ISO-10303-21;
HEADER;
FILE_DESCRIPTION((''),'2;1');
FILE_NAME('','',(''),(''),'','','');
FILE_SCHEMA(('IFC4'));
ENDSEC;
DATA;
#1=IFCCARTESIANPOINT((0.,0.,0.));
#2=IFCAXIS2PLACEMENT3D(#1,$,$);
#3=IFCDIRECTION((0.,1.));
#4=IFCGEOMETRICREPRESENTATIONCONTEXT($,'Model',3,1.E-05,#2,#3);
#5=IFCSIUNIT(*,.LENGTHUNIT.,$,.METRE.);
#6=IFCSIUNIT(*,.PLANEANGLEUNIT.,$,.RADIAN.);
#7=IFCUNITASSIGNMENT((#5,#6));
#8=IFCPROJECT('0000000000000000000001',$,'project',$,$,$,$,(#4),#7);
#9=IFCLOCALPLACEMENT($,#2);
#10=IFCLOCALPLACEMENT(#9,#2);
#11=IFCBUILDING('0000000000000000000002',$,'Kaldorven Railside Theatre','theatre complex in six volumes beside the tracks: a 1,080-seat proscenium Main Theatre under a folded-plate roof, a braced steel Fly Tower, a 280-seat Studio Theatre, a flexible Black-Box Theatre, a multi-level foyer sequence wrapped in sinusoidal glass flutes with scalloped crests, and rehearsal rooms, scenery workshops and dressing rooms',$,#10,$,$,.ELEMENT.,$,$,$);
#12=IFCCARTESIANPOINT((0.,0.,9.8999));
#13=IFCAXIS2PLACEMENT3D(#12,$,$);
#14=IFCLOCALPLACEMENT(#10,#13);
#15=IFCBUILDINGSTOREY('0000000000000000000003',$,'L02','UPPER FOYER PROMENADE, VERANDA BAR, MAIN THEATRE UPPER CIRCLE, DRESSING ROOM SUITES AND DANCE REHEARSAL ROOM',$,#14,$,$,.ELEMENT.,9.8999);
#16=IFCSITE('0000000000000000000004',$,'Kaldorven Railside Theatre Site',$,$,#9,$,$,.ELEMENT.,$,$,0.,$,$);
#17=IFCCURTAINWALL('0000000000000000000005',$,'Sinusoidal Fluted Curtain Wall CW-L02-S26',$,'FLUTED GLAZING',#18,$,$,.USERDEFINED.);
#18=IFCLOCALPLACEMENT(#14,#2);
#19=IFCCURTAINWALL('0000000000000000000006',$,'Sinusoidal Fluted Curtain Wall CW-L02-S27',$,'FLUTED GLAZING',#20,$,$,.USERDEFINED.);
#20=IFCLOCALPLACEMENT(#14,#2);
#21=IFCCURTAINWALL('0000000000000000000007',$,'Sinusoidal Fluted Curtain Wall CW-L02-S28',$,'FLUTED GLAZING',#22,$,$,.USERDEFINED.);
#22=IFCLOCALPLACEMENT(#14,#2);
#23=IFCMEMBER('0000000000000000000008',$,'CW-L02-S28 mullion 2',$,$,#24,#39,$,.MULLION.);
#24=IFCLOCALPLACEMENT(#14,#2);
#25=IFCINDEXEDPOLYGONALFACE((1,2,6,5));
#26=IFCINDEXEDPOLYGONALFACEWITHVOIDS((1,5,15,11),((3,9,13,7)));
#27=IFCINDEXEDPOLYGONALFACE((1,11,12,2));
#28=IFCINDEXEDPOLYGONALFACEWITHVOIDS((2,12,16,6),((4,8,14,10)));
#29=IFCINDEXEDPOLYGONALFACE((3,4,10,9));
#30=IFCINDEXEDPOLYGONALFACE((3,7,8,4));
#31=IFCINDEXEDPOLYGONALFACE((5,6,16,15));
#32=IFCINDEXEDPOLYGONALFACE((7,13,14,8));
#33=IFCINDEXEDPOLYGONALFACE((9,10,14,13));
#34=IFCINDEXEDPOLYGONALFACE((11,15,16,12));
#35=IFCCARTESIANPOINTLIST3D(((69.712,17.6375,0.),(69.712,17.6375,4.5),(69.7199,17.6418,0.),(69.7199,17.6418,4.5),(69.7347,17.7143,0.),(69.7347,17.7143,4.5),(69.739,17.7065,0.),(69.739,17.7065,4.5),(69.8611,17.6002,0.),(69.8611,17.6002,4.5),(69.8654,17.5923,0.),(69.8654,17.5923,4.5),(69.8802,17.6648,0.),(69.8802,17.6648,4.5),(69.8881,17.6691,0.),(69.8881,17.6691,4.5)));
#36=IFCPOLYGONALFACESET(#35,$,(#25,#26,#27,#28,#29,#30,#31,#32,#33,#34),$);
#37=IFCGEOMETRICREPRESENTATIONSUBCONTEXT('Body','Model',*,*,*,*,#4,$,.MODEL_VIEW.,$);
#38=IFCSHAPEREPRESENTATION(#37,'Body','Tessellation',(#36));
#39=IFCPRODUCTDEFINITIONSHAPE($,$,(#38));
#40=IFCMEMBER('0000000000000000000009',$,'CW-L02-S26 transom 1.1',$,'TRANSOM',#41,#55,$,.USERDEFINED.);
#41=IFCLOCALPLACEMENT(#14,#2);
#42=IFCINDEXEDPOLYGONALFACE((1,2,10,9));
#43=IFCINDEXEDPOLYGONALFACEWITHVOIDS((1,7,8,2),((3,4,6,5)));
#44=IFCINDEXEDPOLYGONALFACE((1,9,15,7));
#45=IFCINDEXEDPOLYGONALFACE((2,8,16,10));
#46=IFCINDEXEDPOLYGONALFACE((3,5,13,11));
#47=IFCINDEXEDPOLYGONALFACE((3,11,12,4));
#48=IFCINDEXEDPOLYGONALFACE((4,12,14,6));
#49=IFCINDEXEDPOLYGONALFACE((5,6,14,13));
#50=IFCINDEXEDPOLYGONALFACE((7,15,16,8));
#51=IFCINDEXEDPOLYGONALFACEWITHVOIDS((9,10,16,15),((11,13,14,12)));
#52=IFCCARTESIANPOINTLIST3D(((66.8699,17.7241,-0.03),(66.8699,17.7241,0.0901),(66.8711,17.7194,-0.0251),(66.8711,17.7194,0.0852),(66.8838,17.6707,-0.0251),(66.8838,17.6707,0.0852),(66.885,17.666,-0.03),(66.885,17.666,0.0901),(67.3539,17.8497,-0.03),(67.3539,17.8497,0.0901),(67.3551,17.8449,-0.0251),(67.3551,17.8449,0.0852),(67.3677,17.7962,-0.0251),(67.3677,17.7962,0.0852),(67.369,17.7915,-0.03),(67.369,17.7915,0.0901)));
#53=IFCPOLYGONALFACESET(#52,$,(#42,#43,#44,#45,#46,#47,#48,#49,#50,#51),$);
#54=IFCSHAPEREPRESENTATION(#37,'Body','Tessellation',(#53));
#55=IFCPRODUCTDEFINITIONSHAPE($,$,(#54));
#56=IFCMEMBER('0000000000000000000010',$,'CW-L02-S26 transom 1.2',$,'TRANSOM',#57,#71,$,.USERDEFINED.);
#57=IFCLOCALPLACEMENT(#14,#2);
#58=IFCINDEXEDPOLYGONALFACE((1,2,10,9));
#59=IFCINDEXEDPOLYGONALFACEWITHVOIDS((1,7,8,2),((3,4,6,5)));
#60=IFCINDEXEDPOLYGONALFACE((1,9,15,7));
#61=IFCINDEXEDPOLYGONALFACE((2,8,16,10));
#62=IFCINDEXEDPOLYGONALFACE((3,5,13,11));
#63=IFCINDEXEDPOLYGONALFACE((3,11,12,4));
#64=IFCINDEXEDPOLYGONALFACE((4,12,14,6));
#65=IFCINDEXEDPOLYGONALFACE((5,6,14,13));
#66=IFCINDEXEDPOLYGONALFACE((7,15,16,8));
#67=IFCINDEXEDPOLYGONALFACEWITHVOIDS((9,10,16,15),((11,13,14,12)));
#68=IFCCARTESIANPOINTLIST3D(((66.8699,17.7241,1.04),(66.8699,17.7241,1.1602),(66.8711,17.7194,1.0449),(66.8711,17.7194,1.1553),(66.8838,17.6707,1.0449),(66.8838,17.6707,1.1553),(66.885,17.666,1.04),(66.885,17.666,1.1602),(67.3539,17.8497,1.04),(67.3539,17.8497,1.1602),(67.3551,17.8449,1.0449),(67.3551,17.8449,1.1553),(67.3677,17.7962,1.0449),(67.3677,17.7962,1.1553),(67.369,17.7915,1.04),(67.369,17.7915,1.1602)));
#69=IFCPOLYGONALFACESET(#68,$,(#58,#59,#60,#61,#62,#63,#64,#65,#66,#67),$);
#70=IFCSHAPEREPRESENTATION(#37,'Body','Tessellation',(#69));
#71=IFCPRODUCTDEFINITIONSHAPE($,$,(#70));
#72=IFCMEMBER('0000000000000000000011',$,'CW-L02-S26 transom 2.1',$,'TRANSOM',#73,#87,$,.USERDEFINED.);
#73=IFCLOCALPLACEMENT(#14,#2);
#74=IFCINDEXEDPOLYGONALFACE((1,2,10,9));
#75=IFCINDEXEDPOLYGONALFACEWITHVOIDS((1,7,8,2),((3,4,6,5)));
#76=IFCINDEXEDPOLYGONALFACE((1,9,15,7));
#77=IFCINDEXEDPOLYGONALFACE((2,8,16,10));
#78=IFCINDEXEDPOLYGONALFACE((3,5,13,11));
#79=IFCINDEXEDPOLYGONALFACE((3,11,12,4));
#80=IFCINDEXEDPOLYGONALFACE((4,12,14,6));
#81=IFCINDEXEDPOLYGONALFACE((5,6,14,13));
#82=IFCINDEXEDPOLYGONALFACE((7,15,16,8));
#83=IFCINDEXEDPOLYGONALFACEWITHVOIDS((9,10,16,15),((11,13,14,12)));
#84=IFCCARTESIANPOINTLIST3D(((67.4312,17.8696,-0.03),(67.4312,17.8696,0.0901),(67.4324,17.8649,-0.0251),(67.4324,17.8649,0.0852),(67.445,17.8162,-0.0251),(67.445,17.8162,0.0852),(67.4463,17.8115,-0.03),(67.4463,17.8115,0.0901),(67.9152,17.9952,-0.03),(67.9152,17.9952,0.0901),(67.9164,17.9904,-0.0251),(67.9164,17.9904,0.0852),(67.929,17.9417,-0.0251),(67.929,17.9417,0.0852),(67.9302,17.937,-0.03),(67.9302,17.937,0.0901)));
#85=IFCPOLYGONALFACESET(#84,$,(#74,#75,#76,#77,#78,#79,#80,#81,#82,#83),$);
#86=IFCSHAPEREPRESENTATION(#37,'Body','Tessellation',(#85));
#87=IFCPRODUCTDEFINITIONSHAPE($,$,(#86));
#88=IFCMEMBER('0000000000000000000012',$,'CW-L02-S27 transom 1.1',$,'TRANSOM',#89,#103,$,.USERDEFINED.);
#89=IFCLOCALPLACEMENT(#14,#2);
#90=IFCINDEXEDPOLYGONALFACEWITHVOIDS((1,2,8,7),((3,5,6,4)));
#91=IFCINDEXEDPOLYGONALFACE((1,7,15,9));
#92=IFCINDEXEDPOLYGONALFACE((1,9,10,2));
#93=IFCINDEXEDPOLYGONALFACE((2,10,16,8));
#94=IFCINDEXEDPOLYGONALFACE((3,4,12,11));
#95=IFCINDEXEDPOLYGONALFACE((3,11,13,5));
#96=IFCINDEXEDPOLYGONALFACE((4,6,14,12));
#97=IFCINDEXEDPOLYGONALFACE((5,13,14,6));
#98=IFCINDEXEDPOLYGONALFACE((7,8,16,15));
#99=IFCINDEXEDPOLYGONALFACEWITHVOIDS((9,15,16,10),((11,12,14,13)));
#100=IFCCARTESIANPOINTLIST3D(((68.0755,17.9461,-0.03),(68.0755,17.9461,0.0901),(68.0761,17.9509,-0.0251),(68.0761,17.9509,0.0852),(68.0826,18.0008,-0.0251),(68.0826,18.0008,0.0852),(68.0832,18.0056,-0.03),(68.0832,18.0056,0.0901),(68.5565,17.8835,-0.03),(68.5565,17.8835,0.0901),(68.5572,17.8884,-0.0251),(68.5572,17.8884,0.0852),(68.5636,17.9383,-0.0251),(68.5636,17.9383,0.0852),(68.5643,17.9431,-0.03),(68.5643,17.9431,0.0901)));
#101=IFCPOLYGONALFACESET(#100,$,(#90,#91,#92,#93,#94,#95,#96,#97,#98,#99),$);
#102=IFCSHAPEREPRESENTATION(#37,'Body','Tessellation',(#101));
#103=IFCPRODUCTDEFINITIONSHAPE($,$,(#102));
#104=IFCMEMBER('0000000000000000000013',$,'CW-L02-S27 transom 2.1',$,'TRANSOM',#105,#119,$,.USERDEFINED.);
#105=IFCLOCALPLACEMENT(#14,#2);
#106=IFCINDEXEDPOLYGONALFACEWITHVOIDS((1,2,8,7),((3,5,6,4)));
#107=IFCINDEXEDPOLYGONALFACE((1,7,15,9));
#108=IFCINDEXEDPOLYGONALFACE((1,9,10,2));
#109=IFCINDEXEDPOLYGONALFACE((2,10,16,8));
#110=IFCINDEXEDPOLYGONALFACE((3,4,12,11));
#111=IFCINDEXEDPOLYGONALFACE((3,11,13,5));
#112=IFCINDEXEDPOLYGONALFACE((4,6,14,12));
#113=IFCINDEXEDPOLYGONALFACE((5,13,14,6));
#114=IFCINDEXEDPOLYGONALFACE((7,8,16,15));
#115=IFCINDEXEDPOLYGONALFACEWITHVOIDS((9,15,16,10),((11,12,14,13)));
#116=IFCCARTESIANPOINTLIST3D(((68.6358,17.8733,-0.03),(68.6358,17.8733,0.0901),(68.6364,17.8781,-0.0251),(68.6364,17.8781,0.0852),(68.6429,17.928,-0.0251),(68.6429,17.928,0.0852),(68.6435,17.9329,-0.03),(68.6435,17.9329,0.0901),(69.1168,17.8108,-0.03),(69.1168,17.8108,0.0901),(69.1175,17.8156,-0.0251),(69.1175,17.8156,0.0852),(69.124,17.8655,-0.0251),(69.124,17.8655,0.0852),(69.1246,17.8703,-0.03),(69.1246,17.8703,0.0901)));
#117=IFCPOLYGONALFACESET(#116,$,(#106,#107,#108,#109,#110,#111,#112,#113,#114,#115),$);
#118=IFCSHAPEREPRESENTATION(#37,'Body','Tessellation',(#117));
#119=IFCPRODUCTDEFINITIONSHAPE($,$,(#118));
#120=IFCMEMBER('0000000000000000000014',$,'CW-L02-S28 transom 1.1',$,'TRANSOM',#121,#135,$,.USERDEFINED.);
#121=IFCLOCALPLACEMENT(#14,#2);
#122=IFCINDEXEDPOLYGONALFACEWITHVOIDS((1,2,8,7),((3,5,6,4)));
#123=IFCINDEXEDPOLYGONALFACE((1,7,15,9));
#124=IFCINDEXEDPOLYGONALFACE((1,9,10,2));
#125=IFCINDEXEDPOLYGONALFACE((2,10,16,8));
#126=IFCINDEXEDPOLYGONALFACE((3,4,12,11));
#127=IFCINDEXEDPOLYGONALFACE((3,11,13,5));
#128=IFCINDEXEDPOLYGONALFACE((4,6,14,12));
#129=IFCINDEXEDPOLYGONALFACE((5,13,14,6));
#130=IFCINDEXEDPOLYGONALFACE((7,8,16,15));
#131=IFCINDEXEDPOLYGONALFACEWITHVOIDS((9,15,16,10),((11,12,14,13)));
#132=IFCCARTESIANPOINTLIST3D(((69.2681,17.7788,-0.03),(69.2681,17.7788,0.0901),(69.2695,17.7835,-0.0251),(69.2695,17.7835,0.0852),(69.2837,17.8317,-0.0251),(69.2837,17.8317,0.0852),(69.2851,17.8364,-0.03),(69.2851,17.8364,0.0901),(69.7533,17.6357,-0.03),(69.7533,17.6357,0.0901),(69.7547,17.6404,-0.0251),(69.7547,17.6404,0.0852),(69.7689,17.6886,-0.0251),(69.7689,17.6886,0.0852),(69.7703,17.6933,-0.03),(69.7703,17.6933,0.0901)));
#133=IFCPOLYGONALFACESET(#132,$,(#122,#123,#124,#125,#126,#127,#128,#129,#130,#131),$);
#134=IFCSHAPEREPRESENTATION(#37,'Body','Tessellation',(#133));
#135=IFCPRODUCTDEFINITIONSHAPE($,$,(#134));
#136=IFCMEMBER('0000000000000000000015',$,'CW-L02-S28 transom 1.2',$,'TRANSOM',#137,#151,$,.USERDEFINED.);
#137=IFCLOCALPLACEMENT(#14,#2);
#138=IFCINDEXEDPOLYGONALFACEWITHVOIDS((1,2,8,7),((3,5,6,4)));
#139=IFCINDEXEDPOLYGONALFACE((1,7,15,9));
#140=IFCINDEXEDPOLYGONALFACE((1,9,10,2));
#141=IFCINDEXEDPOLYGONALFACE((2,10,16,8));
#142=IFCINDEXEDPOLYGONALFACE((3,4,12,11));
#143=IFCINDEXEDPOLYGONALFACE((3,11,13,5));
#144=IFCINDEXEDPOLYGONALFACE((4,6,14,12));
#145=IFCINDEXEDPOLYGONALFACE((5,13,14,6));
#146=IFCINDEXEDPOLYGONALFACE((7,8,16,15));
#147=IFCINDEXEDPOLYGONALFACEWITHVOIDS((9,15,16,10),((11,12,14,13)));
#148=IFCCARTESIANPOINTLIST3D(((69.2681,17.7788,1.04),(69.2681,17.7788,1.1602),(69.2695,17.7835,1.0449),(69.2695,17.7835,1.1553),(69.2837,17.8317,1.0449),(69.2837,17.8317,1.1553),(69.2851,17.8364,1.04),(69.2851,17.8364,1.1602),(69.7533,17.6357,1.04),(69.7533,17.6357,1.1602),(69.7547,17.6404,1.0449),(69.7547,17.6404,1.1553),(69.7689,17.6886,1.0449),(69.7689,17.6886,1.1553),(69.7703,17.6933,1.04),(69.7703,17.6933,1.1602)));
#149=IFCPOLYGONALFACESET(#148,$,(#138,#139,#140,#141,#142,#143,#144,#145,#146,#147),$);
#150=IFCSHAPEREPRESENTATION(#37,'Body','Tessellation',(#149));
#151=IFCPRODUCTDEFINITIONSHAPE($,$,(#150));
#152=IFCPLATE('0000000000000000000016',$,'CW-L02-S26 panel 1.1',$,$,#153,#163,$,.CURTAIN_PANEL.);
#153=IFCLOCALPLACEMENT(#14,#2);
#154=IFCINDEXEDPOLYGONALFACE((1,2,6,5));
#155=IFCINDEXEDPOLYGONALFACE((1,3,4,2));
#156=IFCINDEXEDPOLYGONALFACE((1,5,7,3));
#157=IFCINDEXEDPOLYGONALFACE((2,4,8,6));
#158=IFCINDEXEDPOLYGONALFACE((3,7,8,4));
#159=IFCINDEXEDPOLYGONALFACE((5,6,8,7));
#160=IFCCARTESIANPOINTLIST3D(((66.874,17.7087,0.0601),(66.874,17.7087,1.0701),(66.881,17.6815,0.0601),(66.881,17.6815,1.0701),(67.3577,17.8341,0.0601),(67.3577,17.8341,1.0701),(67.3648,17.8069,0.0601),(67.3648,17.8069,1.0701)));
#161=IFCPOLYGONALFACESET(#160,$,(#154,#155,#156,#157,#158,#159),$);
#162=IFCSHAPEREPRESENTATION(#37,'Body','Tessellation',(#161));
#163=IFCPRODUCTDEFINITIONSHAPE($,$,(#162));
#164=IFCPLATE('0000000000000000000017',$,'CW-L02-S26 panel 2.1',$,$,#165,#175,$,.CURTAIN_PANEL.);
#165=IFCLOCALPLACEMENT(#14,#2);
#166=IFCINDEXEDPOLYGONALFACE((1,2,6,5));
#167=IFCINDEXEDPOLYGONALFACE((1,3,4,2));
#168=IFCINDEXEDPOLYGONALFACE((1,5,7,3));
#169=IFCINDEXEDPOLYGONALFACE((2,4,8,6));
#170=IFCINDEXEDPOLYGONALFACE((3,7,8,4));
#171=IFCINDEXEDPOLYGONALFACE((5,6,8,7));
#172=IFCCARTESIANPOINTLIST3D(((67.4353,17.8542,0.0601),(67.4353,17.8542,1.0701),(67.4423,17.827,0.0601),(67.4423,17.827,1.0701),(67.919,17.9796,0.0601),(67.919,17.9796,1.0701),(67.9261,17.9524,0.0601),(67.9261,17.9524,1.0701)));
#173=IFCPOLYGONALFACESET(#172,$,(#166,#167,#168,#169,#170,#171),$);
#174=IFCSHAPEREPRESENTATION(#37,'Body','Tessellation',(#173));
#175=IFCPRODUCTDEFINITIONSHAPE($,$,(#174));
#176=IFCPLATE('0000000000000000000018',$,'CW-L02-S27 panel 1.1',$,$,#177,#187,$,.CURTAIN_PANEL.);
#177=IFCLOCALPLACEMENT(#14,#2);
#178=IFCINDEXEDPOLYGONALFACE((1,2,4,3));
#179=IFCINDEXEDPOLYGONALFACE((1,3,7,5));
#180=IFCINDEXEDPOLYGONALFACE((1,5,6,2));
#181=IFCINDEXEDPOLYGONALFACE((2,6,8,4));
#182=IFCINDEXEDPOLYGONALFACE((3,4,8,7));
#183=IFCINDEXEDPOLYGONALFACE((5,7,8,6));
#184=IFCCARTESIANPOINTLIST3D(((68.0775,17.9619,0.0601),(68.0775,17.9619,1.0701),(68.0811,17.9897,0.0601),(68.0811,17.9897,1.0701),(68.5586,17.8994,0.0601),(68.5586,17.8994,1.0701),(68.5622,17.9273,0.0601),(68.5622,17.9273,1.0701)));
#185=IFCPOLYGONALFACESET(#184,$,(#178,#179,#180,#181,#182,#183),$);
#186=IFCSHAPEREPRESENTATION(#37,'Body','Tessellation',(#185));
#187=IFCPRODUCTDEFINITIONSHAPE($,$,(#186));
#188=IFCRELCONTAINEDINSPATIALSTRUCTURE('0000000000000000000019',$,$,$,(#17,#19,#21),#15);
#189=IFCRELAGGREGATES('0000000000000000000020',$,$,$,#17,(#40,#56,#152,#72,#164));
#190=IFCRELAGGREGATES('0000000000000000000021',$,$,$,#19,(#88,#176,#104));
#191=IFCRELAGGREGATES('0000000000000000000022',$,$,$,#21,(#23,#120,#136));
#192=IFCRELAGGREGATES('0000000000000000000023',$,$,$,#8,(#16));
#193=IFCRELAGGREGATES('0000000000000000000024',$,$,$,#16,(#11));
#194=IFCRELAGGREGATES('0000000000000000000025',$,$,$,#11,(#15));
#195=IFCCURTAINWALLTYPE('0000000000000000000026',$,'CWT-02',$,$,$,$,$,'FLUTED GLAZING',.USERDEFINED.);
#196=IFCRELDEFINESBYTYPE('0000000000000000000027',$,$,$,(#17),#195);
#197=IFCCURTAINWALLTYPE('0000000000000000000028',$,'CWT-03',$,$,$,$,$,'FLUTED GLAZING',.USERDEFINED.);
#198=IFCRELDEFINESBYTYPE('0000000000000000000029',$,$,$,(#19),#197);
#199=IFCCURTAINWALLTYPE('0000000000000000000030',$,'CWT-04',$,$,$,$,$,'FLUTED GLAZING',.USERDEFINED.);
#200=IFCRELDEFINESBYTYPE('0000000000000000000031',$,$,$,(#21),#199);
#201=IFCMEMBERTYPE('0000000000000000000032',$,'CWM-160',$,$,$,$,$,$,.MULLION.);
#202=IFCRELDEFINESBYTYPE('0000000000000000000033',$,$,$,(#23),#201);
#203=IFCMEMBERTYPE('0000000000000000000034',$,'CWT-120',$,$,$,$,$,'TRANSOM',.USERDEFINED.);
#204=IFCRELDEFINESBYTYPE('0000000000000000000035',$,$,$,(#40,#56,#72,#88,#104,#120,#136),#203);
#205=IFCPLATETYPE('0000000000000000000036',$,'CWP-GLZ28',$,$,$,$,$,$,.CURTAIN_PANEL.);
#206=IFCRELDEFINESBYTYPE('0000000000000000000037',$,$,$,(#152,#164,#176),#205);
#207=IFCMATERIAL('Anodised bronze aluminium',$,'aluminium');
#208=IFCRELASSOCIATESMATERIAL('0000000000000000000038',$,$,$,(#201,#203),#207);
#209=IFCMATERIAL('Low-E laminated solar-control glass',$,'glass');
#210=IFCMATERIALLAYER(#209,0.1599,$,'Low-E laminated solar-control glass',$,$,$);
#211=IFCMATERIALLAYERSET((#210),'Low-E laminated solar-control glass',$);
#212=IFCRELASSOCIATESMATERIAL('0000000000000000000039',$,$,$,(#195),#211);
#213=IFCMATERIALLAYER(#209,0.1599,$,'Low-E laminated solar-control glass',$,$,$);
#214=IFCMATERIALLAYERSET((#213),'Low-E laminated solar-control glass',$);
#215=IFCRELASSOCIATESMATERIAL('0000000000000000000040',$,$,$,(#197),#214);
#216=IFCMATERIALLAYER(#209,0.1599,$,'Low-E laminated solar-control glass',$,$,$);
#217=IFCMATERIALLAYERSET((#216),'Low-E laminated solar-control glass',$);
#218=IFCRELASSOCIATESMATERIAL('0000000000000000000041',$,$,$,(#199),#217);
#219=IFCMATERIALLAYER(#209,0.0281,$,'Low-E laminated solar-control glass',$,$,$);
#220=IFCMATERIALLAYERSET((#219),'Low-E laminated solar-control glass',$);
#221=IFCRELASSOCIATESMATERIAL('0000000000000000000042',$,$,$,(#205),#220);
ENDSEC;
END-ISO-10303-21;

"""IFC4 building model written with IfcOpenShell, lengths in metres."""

from ifc_helpers import new_model, si_unit, direction, frame, origin, origin_2d, place, context, subcontext, project, spatial, rectangle, hollow_rectangle, extrude, material, layer, layer_set, material_profile, profile_set, type_object, element, aggregate, save


model = new_model("IFC4")

# Units and contexts
model_context = context("Model", 3, precision=1e-05, world=origin(), true_north=direction((0.0, 1.0)))
body_context = subcontext(model_context, "Body", "Model", "MODEL_VIEW")
ifc_project = project(units=[si_unit("LENGTHUNIT", "METRE"), si_unit("PLANEANGLEUNIT", "RADIAN")], contexts=[model_context])

# Site, building, storey
site_placement = place(None, origin())
site = spatial("IfcSite", under=ifc_project, at=site_placement, Name="Kaldorven Railside Theatre Site", CompositionType="ELEMENT", RefElevation=0.0)
building_placement = place(site_placement, origin())
building = spatial("IfcBuilding", under=site, at=building_placement, Name="Kaldorven Railside Theatre", Description="theatre complex in six volumes beside the tracks: a 1,080-seat proscenium Main Theatre under a folded-plate roof, a braced steel Fly Tower, a 280-seat Studio Theatre, a flexible Black-Box Theatre, a multi-level foyer sequence wrapped in sinusoidal glass flutes with scalloped crests, and rehearsal rooms, scenery workshops and dressing rooms", CompositionType="ELEMENT")
storey_placement = place(building_placement, frame((0.0, 0.0, 9.8999)))
storey = spatial("IfcBuildingStorey", under=building, at=storey_placement, Name="L02", Description="UPPER FOYER PROMENADE, VERANDA BAR, MAIN THEATRE UPPER CIRCLE, DRESSING ROOM SUITES AND DANCE REHEARSAL ROOM", CompositionType="ELEMENT", Elevation=9.8999)

# Shared definitions
ifc_material_1 = material(Name="Low-E laminated solar-control glass", Category="glass")
ifc_material_2 = material(Name="Anodised bronze aluminium", Category="aluminium")
ifc_material_profile_1 = material_profile(ifc_material_2, hollow_rectangle(XDim=0.0801, YDim=0.1599, WallThickness=0.0063, at=origin_2d()), Name="RHS 160x80x6.3")
ifc_profile_set_1 = profile_set([ifc_material_profile_1], Name="Anodised bronze aluminium")
member_type_1 = type_object("IfcMemberType", Name="CWM-160", PredefinedType="MULLION", material=ifc_profile_set_1)

# Curtain walls, member
ifc_layer_1 = layer(ifc_material_1, 0.1599, Name="Low-E laminated solar-control glass")
ifc_layer_set_1 = layer_set([ifc_layer_1], Name="Low-E laminated solar-control glass")
curtain_wall_type_1 = type_object("IfcCurtainWallType", Name="CWT-02", ElementType="FLUTED GLAZING", PredefinedType="USERDEFINED", material=ifc_layer_set_1)
curtain_wall_1_placement = place(storey_placement, origin())
curtain_wall_1 = element("IfcCurtainWall", 1, at=curtain_wall_1_placement, inside=storey, type_object=curtain_wall_type_1, Name="Sinusoidal Fluted Curtain Wall CW-L02-S26", ObjectType="FLUTED GLAZING", PredefinedType="USERDEFINED")
ifc_layer_2 = layer(ifc_material_1, 0.1599, Name="Low-E laminated solar-control glass")
ifc_layer_set_2 = layer_set([ifc_layer_2], Name="Low-E laminated solar-control glass")
curtain_wall_type_2 = type_object("IfcCurtainWallType", Name="CWT-03", ElementType="FLUTED GLAZING", PredefinedType="USERDEFINED", material=ifc_layer_set_2)
curtain_wall_2_placement = place(storey_placement, origin())
curtain_wall_2 = element("IfcCurtainWall", 2, at=curtain_wall_2_placement, inside=storey, type_object=curtain_wall_type_2, Name="Sinusoidal Fluted Curtain Wall CW-L02-S27", ObjectType="FLUTED GLAZING", PredefinedType="USERDEFINED")
ifc_layer_3 = layer(ifc_material_1, 0.1599, Name="Low-E laminated solar-control glass")
ifc_layer_set_3 = layer_set([ifc_layer_3], Name="Low-E laminated solar-control glass")
curtain_wall_type_3 = type_object("IfcCurtainWallType", Name="CWT-04", ElementType="FLUTED GLAZING", PredefinedType="USERDEFINED", material=ifc_layer_set_3)
curtain_wall_3_placement = place(storey_placement, origin())
curtain_wall_3 = element("IfcCurtainWall", 3, at=curtain_wall_3_placement, inside=storey, type_object=curtain_wall_type_3, Name="Sinusoidal Fluted Curtain Wall CW-L02-S28", ObjectType="FLUTED GLAZING", PredefinedType="USERDEFINED")
member_1_placement = place(storey_placement, frame((69.8, 17.6533, 0.0), z_axis=(0.0, 0.0, 1.0), x_axis=(0.282872, 0.959158, 0.0)))
member_1 = element("IfcMember", 4, at=member_1_placement, type_object=member_type_1, Name="CW-L02-S28 mullion 2", PredefinedType="MULLION", context=body_context, shape_type="SweptSolid", body=[
    extrude(hollow_rectangle(XDim=0.0801, YDim=0.1599, WallThickness=0.0063, at=origin_2d()), origin(), (0.0, 0.0, 1.0), 4.5),
])

# Members
ifc_material_profile_2 = material_profile(ifc_material_2, hollow_rectangle(XDim=0.0601, YDim=0.1201, WallThickness=0.0049, at=origin_2d()), Name="RHS 120x60x5")
ifc_profile_set_2 = profile_set([ifc_material_profile_2], Name="Anodised bronze aluminium")
member_type_2 = type_object("IfcMemberType", Name="CWT-120", ElementType="TRANSOM", PredefinedType="USERDEFINED", material=ifc_profile_set_2)
member_2_placement = place(storey_placement, frame((66.8774, 17.6951, 0.03), z_axis=(0.967979, 0.25103, 0.0), x_axis=(-0.25103, 0.967979, 0.0)))
member_2 = element("IfcMember", 5, at=member_2_placement, type_object=member_type_2, Name="CW-L02-S26 transom 1.1", ObjectType="TRANSOM", PredefinedType="USERDEFINED", context=body_context, shape_type="SweptSolid", body=[
    extrude(hollow_rectangle(XDim=0.0601, YDim=0.1201, WallThickness=0.0049, at=origin_2d()), origin(), (0.0, 0.0, 1.0), 0.5),
])
member_3_placement = place(storey_placement, frame((66.8774, 17.6951, 1.1001), z_axis=(0.967979, 0.25103, 0.0), x_axis=(-0.25103, 0.967979, 0.0)))
member_3 = element("IfcMember", 6, at=member_3_placement, type_object=member_type_2, Name="CW-L02-S26 transom 1.2", ObjectType="TRANSOM", PredefinedType="USERDEFINED", context=body_context, shape_type="SweptSolid", body=[
    extrude(hollow_rectangle(XDim=0.0601, YDim=0.1201, WallThickness=0.0049, at=origin_2d()), origin(), (0.0, 0.0, 1.0), 0.5),
])
member_4_placement = place(storey_placement, frame((67.4387, 17.8406, 0.03), z_axis=(0.967979, 0.25103, 0.0), x_axis=(-0.25103, 0.967979, 0.0)))
member_4 = element("IfcMember", 7, at=member_4_placement, type_object=member_type_2, Name="CW-L02-S26 transom 2.1", ObjectType="TRANSOM", PredefinedType="USERDEFINED", context=body_context, shape_type="SweptSolid", body=[
    extrude(hollow_rectangle(XDim=0.0601, YDim=0.1201, WallThickness=0.0049, at=origin_2d()), origin(), (0.0, 0.0, 1.0), 0.5),
])
member_5_placement = place(storey_placement, frame((68.0793, 17.9758, 0.03), z_axis=(0.991662, -0.128866, 0.0), x_axis=(0.128866, 0.991662, 0.0)))
member_5 = element("IfcMember", 8, at=member_5_placement, type_object=member_type_2, Name="CW-L02-S27 transom 1.1", ObjectType="TRANSOM", PredefinedType="USERDEFINED", context=body_context, shape_type="SweptSolid", body=[
    extrude(hollow_rectangle(XDim=0.0601, YDim=0.1201, WallThickness=0.0049, at=origin_2d()), origin(), (0.0, 0.0, 1.0), 0.4851),
])
member_6_placement = place(storey_placement, frame((68.6396, 17.9031, 0.03), z_axis=(0.991662, -0.128866, 0.0), x_axis=(0.128866, 0.991662, 0.0)))
member_6 = element("IfcMember", 9, at=member_6_placement, type_object=member_type_2, Name="CW-L02-S27 transom 2.1", ObjectType="TRANSOM", PredefinedType="USERDEFINED", context=body_context, shape_type="SweptSolid", body=[
    extrude(hollow_rectangle(XDim=0.0601, YDim=0.1201, WallThickness=0.0049, at=origin_2d()), origin(), (0.0, 0.0, 1.0), 0.4851),
])
member_7_placement = place(storey_placement, frame((69.2766, 17.8076, 0.03), z_axis=(0.959158, -0.282872, 0.0), x_axis=(0.282872, 0.959158, 0.0)))
member_7 = element("IfcMember", 10, at=member_7_placement, type_object=member_type_2, Name="CW-L02-S28 transom 1.1", ObjectType="TRANSOM", PredefinedType="USERDEFINED", context=body_context, shape_type="SweptSolid", body=[
    extrude(hollow_rectangle(XDim=0.0601, YDim=0.1201, WallThickness=0.0049, at=origin_2d()), origin(), (0.0, 0.0, 1.0), 0.5059),
])
member_8_placement = place(storey_placement, frame((69.2766, 17.8076, 1.1001), z_axis=(0.959158, -0.282872, 0.0), x_axis=(0.282872, 0.959158, 0.0)))
member_8 = element("IfcMember", 11, at=member_8_placement, type_object=member_type_2, Name="CW-L02-S28 transom 1.2", ObjectType="TRANSOM", PredefinedType="USERDEFINED", context=body_context, shape_type="SweptSolid", body=[
    extrude(hollow_rectangle(XDim=0.0601, YDim=0.1201, WallThickness=0.0049, at=origin_2d()), origin(), (0.0, 0.0, 1.0), 0.5059),
])

# Plates
ifc_layer_4 = layer(ifc_material_1, 0.0281, Name="Low-E laminated solar-control glass")
ifc_layer_set_4 = layer_set([ifc_layer_4], Name="Low-E laminated solar-control glass")
plate_type = type_object("IfcPlateType", Name="CWP-GLZ28", PredefinedType="CURTAIN_PANEL", material=ifc_layer_set_4)
plate_1_placement = place(storey_placement, frame((67.1194, 17.7578, 0.0601), z_axis=(0.0, 0.0, 1.0), x_axis=(0.967999, 0.250954, 0.0)))
plate_1 = element("IfcPlate", 12, at=plate_1_placement, type_object=plate_type, Name="CW-L02-S26 panel 1.1", PredefinedType="CURTAIN_PANEL", context=body_context, shape_type="SweptSolid", body=[
    extrude(rectangle(XDim=0.4998, YDim=0.0281, at=origin_2d()), origin(), (0.0, 0.0, 1.0), 1.01),
])
plate_2_placement = place(storey_placement, frame((67.6807, 17.9033, 0.0601), z_axis=(0.0, 0.0, 1.0), x_axis=(0.967999, 0.250954, 0.0)))
plate_2 = element("IfcPlate", 13, at=plate_2_placement, type_object=plate_type, Name="CW-L02-S26 panel 2.1", PredefinedType="CURTAIN_PANEL", context=body_context, shape_type="SweptSolid", body=[
    extrude(rectangle(XDim=0.4998, YDim=0.0281, at=origin_2d()), origin(), (0.0, 0.0, 1.0), 1.01),
])
aggregate(curtain_wall_1, [member_2, member_3, plate_1, member_4, plate_2])
plate_3_placement = place(storey_placement, frame((68.3198, 17.9446, 0.0601), z_axis=(0.0, 0.0, 1.0), x_axis=(0.991677, -0.128753, 0.0)))
plate_3 = element("IfcPlate", 14, at=plate_3_placement, type_object=plate_type, Name="CW-L02-S27 panel 1.1", PredefinedType="CURTAIN_PANEL", context=body_context, shape_type="SweptSolid", body=[
    extrude(rectangle(XDim=0.4851, YDim=0.0281, at=origin_2d()), origin(), (0.0, 0.0, 1.0), 1.01),
])
aggregate(curtain_wall_2, [member_5, plate_3, member_6])
aggregate(curtain_wall_3, [member_1, member_7, member_8])

save(model, "model.ifc")
